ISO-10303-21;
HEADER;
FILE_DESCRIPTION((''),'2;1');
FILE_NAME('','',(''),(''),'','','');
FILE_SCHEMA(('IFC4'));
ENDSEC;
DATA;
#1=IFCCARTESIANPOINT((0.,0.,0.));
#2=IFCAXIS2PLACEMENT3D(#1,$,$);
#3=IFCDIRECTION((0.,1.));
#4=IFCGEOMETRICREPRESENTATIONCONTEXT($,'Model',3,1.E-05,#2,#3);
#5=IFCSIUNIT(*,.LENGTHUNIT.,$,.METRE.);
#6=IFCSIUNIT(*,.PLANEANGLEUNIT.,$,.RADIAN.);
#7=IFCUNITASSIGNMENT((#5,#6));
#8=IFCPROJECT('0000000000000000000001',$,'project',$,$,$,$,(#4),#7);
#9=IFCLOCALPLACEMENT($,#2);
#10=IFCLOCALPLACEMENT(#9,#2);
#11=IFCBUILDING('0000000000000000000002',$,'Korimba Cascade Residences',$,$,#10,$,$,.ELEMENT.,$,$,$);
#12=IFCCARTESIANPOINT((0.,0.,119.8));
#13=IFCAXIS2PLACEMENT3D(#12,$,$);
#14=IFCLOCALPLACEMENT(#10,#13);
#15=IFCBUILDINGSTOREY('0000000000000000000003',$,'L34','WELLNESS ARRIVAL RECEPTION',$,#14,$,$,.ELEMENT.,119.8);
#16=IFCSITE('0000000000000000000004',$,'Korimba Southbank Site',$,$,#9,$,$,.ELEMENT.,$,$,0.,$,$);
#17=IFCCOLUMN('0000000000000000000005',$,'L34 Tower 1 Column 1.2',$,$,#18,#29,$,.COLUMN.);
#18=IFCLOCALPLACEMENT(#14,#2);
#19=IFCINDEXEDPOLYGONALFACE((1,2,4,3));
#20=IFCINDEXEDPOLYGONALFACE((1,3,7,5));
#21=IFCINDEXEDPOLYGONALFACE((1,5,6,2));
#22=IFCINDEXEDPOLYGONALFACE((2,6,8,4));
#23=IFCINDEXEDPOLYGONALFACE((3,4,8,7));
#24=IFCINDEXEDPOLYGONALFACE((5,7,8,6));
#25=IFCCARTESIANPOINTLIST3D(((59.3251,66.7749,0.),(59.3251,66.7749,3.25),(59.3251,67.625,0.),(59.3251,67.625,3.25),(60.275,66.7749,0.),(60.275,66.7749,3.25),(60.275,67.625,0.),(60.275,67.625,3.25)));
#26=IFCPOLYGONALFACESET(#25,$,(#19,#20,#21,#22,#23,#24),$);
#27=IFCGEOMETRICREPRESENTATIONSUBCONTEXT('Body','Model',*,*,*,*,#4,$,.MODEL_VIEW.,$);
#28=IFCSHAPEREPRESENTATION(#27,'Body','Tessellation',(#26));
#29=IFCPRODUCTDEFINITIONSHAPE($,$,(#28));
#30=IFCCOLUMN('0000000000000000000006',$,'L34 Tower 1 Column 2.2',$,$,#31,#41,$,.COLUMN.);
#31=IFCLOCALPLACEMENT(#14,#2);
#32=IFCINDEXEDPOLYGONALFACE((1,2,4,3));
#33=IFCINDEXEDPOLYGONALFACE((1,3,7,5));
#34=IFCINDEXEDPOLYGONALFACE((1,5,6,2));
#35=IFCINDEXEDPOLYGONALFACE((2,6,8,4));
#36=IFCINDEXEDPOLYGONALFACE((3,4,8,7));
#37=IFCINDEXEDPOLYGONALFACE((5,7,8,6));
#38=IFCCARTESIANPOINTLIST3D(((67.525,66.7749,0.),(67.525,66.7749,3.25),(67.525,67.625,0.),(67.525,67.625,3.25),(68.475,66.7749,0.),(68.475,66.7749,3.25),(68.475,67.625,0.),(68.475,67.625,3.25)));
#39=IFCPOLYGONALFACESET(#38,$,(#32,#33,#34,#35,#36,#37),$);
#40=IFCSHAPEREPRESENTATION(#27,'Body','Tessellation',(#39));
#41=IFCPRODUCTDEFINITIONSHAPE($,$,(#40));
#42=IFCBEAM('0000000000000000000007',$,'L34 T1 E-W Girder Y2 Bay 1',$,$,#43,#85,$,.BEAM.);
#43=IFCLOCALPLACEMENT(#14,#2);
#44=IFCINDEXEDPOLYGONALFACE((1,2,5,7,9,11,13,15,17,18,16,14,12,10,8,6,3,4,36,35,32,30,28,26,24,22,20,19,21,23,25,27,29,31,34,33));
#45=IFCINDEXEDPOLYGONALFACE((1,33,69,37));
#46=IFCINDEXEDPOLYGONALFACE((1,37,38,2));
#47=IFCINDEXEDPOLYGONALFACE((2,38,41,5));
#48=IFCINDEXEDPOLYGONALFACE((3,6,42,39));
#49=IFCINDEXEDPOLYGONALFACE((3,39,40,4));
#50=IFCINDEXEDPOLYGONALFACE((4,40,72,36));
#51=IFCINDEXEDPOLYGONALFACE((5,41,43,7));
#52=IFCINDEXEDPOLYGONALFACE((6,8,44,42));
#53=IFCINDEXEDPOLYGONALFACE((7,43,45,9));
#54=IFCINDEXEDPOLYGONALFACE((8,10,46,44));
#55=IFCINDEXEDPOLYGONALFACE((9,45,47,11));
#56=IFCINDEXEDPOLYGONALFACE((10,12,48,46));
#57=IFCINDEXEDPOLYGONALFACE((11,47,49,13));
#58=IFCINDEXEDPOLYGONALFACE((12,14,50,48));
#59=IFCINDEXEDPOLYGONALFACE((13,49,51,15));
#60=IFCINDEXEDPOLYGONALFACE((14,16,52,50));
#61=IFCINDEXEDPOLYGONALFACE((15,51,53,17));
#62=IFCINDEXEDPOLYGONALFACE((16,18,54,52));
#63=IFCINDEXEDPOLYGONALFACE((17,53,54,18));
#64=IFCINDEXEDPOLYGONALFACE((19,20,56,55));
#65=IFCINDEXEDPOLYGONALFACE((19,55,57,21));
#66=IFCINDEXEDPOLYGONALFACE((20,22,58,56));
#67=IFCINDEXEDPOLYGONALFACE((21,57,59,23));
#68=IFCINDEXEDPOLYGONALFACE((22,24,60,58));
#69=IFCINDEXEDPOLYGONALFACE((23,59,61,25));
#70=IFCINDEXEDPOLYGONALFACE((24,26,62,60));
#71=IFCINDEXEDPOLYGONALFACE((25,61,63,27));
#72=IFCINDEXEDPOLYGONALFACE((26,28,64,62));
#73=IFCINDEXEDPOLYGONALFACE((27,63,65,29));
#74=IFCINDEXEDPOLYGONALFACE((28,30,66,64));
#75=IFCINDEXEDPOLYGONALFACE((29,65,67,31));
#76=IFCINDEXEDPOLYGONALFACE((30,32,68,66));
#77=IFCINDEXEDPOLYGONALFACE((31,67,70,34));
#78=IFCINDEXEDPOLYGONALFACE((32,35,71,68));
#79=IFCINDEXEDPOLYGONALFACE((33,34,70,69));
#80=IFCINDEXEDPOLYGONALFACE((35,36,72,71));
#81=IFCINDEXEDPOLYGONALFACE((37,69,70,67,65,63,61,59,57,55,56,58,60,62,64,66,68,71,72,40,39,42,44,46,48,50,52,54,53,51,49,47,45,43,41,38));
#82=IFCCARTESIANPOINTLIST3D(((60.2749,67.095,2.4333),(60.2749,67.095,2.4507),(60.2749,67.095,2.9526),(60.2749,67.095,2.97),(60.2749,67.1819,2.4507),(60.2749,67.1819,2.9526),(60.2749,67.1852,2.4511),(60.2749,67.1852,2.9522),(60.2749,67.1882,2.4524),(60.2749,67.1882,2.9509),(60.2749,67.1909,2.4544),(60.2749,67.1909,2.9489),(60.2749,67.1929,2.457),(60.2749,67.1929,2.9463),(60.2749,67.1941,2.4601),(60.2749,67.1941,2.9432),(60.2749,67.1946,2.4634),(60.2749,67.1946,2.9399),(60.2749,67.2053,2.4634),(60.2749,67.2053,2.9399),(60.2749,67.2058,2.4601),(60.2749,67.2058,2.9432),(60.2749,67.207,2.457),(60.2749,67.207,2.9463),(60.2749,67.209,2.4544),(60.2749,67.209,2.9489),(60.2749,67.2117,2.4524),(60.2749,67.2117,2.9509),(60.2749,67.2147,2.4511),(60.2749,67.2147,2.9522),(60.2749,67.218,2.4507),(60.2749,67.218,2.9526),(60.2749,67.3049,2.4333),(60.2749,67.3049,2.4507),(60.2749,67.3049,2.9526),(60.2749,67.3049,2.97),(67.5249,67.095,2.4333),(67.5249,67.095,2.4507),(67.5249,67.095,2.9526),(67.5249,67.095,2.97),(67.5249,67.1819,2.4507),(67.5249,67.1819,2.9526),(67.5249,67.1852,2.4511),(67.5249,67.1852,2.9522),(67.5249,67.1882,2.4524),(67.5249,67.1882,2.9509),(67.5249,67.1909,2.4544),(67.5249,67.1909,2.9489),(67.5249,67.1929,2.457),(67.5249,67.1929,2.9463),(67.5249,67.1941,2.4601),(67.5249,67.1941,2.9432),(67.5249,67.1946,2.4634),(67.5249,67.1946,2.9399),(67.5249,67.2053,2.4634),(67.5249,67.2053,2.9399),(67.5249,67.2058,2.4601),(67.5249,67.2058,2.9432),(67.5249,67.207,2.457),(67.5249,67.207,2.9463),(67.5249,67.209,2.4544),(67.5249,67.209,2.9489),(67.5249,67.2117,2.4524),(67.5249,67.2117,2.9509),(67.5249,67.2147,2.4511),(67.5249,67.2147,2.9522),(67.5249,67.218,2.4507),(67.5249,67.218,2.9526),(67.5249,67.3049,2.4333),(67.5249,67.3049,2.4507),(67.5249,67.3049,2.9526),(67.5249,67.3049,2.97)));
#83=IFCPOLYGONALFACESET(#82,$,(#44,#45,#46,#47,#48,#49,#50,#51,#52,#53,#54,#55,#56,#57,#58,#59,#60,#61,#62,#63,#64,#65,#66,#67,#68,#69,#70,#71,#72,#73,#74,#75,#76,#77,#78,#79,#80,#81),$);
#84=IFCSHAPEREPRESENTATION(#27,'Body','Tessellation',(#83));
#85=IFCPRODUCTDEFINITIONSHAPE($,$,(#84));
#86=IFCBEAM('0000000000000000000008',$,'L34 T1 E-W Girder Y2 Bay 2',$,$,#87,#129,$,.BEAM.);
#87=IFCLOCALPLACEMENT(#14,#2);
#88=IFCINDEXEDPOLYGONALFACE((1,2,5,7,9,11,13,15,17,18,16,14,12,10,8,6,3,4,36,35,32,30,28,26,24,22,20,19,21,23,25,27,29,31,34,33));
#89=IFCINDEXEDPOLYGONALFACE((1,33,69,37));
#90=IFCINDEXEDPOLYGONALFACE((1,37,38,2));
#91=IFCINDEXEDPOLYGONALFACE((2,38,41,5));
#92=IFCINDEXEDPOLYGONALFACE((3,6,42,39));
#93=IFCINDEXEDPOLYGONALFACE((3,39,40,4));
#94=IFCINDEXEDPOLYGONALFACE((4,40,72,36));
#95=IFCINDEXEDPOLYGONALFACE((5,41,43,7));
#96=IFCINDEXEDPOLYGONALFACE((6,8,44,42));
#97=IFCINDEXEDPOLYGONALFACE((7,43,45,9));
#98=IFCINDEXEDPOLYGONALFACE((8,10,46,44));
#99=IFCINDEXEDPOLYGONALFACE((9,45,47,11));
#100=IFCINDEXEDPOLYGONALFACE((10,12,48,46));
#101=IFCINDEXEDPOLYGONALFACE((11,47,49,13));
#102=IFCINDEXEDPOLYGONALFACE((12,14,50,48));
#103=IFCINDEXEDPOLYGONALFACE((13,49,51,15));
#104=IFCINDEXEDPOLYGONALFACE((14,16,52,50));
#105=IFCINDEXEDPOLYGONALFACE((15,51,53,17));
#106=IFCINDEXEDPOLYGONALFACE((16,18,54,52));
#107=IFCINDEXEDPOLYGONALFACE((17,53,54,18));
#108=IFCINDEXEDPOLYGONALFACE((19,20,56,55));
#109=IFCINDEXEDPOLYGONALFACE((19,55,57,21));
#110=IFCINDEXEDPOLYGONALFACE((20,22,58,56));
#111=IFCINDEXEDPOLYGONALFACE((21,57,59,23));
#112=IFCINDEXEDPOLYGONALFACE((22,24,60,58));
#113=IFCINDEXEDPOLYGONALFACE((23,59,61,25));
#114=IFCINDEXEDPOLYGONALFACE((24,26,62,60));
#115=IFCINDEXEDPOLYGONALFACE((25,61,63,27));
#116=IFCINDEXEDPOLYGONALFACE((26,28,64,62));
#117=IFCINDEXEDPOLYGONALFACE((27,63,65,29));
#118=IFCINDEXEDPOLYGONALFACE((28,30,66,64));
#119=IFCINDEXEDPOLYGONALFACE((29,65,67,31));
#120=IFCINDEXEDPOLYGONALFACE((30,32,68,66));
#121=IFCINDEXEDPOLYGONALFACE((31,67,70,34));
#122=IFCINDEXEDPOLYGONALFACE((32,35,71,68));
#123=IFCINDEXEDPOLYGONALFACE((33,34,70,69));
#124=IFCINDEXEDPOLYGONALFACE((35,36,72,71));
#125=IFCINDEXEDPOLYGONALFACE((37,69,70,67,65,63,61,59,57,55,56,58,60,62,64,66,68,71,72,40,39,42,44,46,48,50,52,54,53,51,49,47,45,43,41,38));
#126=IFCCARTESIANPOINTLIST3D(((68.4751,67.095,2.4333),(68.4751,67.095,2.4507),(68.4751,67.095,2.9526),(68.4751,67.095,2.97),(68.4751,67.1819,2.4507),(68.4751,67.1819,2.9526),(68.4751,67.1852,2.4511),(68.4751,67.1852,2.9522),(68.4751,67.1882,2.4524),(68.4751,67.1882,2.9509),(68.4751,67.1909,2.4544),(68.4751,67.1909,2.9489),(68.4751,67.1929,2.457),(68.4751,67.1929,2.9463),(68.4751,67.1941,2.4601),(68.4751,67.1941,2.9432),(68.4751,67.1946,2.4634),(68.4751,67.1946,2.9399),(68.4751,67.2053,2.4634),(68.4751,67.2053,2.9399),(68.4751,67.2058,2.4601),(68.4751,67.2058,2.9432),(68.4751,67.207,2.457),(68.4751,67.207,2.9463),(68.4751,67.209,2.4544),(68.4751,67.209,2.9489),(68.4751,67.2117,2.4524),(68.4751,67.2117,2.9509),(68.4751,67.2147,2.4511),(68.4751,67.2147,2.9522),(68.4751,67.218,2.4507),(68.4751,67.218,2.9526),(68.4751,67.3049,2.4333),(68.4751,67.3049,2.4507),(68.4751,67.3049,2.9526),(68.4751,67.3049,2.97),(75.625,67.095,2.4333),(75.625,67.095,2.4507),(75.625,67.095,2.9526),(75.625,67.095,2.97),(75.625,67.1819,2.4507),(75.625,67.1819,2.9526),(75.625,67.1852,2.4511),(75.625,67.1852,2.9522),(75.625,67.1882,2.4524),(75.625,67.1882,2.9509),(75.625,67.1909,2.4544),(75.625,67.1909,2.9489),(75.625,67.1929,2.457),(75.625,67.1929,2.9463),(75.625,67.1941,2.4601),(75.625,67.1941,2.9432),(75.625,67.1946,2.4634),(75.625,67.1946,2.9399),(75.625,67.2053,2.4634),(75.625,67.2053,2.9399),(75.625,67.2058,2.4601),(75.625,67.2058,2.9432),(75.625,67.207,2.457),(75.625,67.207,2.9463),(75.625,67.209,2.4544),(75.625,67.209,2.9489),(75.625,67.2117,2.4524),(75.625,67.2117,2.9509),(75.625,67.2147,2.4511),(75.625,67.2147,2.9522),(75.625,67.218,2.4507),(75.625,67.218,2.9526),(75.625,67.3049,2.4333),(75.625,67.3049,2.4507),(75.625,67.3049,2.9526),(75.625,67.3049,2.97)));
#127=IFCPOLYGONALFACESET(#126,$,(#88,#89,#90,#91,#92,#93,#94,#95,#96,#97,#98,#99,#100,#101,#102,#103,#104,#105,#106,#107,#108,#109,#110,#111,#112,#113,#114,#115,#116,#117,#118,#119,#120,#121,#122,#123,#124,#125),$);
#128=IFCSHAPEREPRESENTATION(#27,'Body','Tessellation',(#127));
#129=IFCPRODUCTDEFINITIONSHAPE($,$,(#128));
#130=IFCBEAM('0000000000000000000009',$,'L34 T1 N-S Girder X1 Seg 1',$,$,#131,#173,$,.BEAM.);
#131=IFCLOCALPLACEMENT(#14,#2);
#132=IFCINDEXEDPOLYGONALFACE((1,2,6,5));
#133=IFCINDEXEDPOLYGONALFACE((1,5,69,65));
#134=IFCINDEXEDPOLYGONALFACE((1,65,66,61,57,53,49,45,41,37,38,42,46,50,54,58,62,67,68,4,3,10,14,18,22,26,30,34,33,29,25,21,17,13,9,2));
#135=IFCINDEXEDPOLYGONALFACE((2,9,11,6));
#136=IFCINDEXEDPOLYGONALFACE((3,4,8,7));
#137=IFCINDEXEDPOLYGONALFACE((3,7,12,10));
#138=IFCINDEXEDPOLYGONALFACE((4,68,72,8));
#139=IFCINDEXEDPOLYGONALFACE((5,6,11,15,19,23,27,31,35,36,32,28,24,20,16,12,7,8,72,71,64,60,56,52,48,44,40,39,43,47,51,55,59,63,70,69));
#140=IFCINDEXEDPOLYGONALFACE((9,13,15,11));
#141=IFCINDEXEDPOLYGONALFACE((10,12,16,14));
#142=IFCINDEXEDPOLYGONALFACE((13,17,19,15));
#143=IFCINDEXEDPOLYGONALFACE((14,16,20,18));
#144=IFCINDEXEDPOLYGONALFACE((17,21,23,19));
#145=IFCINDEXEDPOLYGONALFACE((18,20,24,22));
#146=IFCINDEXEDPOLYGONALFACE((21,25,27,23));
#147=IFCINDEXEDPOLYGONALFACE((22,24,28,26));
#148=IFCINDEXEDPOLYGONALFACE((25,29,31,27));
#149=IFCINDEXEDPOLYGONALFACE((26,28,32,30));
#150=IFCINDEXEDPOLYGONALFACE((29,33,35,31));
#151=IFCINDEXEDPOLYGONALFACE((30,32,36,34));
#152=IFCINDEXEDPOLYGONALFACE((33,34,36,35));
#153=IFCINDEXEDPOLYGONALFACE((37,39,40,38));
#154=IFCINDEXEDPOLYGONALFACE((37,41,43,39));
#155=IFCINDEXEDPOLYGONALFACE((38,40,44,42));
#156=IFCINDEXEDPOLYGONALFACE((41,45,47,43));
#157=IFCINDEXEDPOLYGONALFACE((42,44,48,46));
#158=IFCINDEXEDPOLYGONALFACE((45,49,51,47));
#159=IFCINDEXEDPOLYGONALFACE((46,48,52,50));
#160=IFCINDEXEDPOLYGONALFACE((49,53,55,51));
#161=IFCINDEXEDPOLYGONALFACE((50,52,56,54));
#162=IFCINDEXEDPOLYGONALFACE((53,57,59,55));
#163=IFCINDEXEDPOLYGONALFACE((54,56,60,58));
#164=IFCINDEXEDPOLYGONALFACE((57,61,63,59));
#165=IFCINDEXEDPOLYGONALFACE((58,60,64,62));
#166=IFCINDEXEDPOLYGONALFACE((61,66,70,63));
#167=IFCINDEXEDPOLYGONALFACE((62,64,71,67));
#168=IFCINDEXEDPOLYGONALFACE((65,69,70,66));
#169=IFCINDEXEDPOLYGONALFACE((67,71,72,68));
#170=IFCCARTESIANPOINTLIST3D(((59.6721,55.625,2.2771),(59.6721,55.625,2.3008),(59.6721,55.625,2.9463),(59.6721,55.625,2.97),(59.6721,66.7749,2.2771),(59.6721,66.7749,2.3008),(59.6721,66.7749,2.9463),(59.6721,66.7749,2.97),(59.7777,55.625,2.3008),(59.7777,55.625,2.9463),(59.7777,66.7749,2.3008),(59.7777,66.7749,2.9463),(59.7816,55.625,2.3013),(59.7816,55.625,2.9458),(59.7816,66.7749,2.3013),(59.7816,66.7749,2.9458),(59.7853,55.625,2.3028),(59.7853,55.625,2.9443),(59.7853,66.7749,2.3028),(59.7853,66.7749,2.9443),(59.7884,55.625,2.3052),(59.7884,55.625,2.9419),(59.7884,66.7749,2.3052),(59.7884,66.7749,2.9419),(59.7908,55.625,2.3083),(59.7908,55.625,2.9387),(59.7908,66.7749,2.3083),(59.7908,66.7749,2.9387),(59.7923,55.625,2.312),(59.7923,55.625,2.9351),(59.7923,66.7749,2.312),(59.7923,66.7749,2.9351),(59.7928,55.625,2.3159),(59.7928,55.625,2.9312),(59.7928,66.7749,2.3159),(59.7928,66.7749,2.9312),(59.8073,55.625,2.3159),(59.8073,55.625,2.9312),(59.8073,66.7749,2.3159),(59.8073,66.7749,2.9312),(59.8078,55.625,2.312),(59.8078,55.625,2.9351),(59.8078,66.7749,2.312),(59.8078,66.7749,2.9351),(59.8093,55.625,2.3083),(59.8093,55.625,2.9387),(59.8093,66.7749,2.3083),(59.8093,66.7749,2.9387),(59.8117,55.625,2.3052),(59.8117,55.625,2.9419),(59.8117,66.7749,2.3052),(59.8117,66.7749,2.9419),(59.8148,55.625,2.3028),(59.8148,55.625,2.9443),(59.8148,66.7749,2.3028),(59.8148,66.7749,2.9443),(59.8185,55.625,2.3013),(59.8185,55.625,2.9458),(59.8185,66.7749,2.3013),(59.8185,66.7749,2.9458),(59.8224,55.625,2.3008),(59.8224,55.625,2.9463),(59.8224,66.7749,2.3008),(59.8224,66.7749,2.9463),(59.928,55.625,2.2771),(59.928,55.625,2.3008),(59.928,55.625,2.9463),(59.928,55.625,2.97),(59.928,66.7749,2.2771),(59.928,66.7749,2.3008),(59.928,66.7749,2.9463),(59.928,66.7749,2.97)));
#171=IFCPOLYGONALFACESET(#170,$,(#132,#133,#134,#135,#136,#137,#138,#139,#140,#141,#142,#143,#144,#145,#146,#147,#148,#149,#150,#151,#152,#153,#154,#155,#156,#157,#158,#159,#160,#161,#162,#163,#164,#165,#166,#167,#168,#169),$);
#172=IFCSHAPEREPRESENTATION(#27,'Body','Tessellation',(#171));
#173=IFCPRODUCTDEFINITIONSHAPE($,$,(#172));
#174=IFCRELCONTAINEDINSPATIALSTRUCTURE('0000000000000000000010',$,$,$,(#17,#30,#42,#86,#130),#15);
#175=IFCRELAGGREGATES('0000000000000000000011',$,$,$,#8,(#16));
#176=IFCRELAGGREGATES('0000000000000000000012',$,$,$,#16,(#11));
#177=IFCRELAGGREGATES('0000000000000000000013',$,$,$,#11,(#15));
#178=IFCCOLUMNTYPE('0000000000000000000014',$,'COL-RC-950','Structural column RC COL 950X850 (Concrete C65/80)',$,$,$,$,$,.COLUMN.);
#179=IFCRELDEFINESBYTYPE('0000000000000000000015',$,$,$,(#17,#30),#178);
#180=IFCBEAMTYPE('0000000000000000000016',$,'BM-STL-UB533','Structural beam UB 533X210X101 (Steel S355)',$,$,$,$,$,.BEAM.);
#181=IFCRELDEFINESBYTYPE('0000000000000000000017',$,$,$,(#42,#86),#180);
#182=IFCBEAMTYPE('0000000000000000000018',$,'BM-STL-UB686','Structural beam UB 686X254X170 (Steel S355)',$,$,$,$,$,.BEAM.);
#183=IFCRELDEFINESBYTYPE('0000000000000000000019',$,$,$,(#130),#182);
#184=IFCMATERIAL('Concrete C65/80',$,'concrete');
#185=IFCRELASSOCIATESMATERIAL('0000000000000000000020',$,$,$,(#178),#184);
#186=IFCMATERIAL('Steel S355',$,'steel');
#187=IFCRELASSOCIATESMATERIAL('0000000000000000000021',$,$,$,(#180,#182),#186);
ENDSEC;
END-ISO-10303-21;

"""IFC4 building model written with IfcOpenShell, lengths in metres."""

from ifc_helpers import new_model, si_unit, direction, frame, origin, origin_2d, place, context, subcontext, project, spatial, rectangle, i_section, extrude, material, material_profile, profile_set, type_object, element, save


model = new_model("IFC4")

# Units and contexts
model_context = context("Model", 3, precision=1e-05, world=origin(), true_north=direction((0.0, 1.0)))
body_context = subcontext(model_context, "Body", "Model", "MODEL_VIEW")
ifc_project = project(units=[si_unit("LENGTHUNIT", "METRE"), si_unit("PLANEANGLEUNIT", "RADIAN")], contexts=[model_context])

# Site, building, storey
site_placement = place(None, origin())
site = spatial("IfcSite", under=ifc_project, at=site_placement, Name="Korimba Southbank Site", CompositionType="ELEMENT", RefElevation=0.0)
building_placement = place(site_placement, origin())
building = spatial("IfcBuilding", under=site, at=building_placement, Name="Korimba Cascade Residences", CompositionType="ELEMENT")
storey_placement = place(building_placement, frame((0.0, 0.0, 119.8)))
storey = spatial("IfcBuildingStorey", under=building, at=storey_placement, Name="L34", Description="WELLNESS ARRIVAL RECEPTION", CompositionType="ELEMENT", Elevation=119.8)

# Columns
ifc_material_1 = material(Name="Concrete C65/80", Category="concrete")
ifc_material_profile_1 = material_profile(ifc_material_1, rectangle(XDim=0.95, YDim=0.8501, at=origin_2d()), Name="Concrete C65/80")
ifc_profile_set_1 = profile_set([ifc_material_profile_1], Name="Concrete C65/80")
column_type = type_object("IfcColumnType", Name="COL-RC-950", Description="Structural column RC COL 950X850 (Concrete C65/80)", PredefinedType="COLUMN", material=ifc_profile_set_1)
for number, where, z_axis, x_axis, name in (
    (1, (59.8, 67.2, 0.0), (0.0, 0.0, 1.0), (1.0, 0.0, 0.0), "L34 Tower 1 Column 1.2"),
    (2, (68.0, 67.2, 0.0), (0.0, 0.0, 1.0), (1.0, 0.0, 0.0), "L34 Tower 1 Column 2.2"),
):
    element("IfcColumn", number, at=place(storey_placement, frame(where, z_axis=z_axis, x_axis=x_axis)), inside=storey, type_object=column_type, Name=name, PredefinedType="COLUMN", context=body_context, shape_type="SweptSolid", body=[
        extrude(rectangle(XDim=0.95, YDim=0.8501, at=origin_2d()), origin(), (0.0, 0.0, 1.0), 3.25),
    ])

# Beams
ifc_material_2 = material(Name="Steel S355", Category="steel")
ifc_material_profile_2 = material_profile(ifc_material_2, i_section(OverallWidth=0.21, OverallDepth=0.5366, WebThickness=0.0107, FlangeThickness=0.0173, FilletRadius=0.0127, at=origin_2d()), Name="Steel S355")
ifc_profile_set_2 = profile_set([ifc_material_profile_2], Name="Steel S355")
beam_type_1 = type_object("IfcBeamType", Name="BM-STL-UB533", Description="Structural beam UB 533X210X101 (Steel S355)", PredefinedType="BEAM", material=ifc_profile_set_2)
beam_1_placement = place(storey_placement, frame((60.2749, 67.2, 2.7017), z_axis=(1.0, 0.0, 0.0), x_axis=(0.0, 1.0, 0.0)))
element("IfcBeam", 3, at=beam_1_placement, inside=storey, type_object=beam_type_1, Name="L34 T1 E-W Girder Y2 Bay 1", PredefinedType="BEAM", context=body_context, shape_type="SweptSolid", body=[
    extrude(i_section(OverallWidth=0.21, OverallDepth=0.5366, WebThickness=0.0107, FlangeThickness=0.0173, FilletRadius=0.0127, at=origin_2d()), origin(), (0.0, 0.0, 1.0), 7.25),
])
beam_2_placement = place(storey_placement, frame((68.4751, 67.2, 2.7017), z_axis=(1.0, 0.0, 0.0), x_axis=(0.0, 1.0, 0.0)))
element("IfcBeam", 4, at=beam_2_placement, inside=storey, type_object=beam_type_1, Name="L34 T1 E-W Girder Y2 Bay 2", PredefinedType="BEAM", context=body_context, shape_type="SweptSolid", body=[
    extrude(i_section(OverallWidth=0.21, OverallDepth=0.5366, WebThickness=0.0107, FlangeThickness=0.0173, FilletRadius=0.0127, at=origin_2d()), origin(), (0.0, 0.0, 1.0), 7.1499),
])
ifc_material_profile_3 = material_profile(ifc_material_2, i_section(OverallWidth=0.2559, OverallDepth=0.6929, WebThickness=0.0144, FlangeThickness=0.0237, FilletRadius=0.0151, at=origin_2d()), Name="Steel S355")
ifc_profile_set_3 = profile_set([ifc_material_profile_3], Name="Steel S355")
beam_type_2 = type_object("IfcBeamType", Name="BM-STL-UB686", Description="Structural beam UB 686X254X170 (Steel S355)", PredefinedType="BEAM", material=ifc_profile_set_3)
beam_3_placement = place(storey_placement, frame((59.8, 55.625, 2.6235), z_axis=(0.0, 1.0, 0.0), x_axis=(-1.0, 0.0, 0.0)))
element("IfcBeam", 5, at=beam_3_placement, inside=storey, type_object=beam_type_2, Name="L34 T1 N-S Girder X1 Seg 1", PredefinedType="BEAM", context=body_context, shape_type="SweptSolid", body=[
    extrude(i_section(OverallWidth=0.2559, OverallDepth=0.6929, WebThickness=0.0144, FlangeThickness=0.0237, FilletRadius=0.0151, at=origin_2d()), origin(), (0.0, 0.0, 1.0), 11.1499),
])

save(model, "model.ifc")
